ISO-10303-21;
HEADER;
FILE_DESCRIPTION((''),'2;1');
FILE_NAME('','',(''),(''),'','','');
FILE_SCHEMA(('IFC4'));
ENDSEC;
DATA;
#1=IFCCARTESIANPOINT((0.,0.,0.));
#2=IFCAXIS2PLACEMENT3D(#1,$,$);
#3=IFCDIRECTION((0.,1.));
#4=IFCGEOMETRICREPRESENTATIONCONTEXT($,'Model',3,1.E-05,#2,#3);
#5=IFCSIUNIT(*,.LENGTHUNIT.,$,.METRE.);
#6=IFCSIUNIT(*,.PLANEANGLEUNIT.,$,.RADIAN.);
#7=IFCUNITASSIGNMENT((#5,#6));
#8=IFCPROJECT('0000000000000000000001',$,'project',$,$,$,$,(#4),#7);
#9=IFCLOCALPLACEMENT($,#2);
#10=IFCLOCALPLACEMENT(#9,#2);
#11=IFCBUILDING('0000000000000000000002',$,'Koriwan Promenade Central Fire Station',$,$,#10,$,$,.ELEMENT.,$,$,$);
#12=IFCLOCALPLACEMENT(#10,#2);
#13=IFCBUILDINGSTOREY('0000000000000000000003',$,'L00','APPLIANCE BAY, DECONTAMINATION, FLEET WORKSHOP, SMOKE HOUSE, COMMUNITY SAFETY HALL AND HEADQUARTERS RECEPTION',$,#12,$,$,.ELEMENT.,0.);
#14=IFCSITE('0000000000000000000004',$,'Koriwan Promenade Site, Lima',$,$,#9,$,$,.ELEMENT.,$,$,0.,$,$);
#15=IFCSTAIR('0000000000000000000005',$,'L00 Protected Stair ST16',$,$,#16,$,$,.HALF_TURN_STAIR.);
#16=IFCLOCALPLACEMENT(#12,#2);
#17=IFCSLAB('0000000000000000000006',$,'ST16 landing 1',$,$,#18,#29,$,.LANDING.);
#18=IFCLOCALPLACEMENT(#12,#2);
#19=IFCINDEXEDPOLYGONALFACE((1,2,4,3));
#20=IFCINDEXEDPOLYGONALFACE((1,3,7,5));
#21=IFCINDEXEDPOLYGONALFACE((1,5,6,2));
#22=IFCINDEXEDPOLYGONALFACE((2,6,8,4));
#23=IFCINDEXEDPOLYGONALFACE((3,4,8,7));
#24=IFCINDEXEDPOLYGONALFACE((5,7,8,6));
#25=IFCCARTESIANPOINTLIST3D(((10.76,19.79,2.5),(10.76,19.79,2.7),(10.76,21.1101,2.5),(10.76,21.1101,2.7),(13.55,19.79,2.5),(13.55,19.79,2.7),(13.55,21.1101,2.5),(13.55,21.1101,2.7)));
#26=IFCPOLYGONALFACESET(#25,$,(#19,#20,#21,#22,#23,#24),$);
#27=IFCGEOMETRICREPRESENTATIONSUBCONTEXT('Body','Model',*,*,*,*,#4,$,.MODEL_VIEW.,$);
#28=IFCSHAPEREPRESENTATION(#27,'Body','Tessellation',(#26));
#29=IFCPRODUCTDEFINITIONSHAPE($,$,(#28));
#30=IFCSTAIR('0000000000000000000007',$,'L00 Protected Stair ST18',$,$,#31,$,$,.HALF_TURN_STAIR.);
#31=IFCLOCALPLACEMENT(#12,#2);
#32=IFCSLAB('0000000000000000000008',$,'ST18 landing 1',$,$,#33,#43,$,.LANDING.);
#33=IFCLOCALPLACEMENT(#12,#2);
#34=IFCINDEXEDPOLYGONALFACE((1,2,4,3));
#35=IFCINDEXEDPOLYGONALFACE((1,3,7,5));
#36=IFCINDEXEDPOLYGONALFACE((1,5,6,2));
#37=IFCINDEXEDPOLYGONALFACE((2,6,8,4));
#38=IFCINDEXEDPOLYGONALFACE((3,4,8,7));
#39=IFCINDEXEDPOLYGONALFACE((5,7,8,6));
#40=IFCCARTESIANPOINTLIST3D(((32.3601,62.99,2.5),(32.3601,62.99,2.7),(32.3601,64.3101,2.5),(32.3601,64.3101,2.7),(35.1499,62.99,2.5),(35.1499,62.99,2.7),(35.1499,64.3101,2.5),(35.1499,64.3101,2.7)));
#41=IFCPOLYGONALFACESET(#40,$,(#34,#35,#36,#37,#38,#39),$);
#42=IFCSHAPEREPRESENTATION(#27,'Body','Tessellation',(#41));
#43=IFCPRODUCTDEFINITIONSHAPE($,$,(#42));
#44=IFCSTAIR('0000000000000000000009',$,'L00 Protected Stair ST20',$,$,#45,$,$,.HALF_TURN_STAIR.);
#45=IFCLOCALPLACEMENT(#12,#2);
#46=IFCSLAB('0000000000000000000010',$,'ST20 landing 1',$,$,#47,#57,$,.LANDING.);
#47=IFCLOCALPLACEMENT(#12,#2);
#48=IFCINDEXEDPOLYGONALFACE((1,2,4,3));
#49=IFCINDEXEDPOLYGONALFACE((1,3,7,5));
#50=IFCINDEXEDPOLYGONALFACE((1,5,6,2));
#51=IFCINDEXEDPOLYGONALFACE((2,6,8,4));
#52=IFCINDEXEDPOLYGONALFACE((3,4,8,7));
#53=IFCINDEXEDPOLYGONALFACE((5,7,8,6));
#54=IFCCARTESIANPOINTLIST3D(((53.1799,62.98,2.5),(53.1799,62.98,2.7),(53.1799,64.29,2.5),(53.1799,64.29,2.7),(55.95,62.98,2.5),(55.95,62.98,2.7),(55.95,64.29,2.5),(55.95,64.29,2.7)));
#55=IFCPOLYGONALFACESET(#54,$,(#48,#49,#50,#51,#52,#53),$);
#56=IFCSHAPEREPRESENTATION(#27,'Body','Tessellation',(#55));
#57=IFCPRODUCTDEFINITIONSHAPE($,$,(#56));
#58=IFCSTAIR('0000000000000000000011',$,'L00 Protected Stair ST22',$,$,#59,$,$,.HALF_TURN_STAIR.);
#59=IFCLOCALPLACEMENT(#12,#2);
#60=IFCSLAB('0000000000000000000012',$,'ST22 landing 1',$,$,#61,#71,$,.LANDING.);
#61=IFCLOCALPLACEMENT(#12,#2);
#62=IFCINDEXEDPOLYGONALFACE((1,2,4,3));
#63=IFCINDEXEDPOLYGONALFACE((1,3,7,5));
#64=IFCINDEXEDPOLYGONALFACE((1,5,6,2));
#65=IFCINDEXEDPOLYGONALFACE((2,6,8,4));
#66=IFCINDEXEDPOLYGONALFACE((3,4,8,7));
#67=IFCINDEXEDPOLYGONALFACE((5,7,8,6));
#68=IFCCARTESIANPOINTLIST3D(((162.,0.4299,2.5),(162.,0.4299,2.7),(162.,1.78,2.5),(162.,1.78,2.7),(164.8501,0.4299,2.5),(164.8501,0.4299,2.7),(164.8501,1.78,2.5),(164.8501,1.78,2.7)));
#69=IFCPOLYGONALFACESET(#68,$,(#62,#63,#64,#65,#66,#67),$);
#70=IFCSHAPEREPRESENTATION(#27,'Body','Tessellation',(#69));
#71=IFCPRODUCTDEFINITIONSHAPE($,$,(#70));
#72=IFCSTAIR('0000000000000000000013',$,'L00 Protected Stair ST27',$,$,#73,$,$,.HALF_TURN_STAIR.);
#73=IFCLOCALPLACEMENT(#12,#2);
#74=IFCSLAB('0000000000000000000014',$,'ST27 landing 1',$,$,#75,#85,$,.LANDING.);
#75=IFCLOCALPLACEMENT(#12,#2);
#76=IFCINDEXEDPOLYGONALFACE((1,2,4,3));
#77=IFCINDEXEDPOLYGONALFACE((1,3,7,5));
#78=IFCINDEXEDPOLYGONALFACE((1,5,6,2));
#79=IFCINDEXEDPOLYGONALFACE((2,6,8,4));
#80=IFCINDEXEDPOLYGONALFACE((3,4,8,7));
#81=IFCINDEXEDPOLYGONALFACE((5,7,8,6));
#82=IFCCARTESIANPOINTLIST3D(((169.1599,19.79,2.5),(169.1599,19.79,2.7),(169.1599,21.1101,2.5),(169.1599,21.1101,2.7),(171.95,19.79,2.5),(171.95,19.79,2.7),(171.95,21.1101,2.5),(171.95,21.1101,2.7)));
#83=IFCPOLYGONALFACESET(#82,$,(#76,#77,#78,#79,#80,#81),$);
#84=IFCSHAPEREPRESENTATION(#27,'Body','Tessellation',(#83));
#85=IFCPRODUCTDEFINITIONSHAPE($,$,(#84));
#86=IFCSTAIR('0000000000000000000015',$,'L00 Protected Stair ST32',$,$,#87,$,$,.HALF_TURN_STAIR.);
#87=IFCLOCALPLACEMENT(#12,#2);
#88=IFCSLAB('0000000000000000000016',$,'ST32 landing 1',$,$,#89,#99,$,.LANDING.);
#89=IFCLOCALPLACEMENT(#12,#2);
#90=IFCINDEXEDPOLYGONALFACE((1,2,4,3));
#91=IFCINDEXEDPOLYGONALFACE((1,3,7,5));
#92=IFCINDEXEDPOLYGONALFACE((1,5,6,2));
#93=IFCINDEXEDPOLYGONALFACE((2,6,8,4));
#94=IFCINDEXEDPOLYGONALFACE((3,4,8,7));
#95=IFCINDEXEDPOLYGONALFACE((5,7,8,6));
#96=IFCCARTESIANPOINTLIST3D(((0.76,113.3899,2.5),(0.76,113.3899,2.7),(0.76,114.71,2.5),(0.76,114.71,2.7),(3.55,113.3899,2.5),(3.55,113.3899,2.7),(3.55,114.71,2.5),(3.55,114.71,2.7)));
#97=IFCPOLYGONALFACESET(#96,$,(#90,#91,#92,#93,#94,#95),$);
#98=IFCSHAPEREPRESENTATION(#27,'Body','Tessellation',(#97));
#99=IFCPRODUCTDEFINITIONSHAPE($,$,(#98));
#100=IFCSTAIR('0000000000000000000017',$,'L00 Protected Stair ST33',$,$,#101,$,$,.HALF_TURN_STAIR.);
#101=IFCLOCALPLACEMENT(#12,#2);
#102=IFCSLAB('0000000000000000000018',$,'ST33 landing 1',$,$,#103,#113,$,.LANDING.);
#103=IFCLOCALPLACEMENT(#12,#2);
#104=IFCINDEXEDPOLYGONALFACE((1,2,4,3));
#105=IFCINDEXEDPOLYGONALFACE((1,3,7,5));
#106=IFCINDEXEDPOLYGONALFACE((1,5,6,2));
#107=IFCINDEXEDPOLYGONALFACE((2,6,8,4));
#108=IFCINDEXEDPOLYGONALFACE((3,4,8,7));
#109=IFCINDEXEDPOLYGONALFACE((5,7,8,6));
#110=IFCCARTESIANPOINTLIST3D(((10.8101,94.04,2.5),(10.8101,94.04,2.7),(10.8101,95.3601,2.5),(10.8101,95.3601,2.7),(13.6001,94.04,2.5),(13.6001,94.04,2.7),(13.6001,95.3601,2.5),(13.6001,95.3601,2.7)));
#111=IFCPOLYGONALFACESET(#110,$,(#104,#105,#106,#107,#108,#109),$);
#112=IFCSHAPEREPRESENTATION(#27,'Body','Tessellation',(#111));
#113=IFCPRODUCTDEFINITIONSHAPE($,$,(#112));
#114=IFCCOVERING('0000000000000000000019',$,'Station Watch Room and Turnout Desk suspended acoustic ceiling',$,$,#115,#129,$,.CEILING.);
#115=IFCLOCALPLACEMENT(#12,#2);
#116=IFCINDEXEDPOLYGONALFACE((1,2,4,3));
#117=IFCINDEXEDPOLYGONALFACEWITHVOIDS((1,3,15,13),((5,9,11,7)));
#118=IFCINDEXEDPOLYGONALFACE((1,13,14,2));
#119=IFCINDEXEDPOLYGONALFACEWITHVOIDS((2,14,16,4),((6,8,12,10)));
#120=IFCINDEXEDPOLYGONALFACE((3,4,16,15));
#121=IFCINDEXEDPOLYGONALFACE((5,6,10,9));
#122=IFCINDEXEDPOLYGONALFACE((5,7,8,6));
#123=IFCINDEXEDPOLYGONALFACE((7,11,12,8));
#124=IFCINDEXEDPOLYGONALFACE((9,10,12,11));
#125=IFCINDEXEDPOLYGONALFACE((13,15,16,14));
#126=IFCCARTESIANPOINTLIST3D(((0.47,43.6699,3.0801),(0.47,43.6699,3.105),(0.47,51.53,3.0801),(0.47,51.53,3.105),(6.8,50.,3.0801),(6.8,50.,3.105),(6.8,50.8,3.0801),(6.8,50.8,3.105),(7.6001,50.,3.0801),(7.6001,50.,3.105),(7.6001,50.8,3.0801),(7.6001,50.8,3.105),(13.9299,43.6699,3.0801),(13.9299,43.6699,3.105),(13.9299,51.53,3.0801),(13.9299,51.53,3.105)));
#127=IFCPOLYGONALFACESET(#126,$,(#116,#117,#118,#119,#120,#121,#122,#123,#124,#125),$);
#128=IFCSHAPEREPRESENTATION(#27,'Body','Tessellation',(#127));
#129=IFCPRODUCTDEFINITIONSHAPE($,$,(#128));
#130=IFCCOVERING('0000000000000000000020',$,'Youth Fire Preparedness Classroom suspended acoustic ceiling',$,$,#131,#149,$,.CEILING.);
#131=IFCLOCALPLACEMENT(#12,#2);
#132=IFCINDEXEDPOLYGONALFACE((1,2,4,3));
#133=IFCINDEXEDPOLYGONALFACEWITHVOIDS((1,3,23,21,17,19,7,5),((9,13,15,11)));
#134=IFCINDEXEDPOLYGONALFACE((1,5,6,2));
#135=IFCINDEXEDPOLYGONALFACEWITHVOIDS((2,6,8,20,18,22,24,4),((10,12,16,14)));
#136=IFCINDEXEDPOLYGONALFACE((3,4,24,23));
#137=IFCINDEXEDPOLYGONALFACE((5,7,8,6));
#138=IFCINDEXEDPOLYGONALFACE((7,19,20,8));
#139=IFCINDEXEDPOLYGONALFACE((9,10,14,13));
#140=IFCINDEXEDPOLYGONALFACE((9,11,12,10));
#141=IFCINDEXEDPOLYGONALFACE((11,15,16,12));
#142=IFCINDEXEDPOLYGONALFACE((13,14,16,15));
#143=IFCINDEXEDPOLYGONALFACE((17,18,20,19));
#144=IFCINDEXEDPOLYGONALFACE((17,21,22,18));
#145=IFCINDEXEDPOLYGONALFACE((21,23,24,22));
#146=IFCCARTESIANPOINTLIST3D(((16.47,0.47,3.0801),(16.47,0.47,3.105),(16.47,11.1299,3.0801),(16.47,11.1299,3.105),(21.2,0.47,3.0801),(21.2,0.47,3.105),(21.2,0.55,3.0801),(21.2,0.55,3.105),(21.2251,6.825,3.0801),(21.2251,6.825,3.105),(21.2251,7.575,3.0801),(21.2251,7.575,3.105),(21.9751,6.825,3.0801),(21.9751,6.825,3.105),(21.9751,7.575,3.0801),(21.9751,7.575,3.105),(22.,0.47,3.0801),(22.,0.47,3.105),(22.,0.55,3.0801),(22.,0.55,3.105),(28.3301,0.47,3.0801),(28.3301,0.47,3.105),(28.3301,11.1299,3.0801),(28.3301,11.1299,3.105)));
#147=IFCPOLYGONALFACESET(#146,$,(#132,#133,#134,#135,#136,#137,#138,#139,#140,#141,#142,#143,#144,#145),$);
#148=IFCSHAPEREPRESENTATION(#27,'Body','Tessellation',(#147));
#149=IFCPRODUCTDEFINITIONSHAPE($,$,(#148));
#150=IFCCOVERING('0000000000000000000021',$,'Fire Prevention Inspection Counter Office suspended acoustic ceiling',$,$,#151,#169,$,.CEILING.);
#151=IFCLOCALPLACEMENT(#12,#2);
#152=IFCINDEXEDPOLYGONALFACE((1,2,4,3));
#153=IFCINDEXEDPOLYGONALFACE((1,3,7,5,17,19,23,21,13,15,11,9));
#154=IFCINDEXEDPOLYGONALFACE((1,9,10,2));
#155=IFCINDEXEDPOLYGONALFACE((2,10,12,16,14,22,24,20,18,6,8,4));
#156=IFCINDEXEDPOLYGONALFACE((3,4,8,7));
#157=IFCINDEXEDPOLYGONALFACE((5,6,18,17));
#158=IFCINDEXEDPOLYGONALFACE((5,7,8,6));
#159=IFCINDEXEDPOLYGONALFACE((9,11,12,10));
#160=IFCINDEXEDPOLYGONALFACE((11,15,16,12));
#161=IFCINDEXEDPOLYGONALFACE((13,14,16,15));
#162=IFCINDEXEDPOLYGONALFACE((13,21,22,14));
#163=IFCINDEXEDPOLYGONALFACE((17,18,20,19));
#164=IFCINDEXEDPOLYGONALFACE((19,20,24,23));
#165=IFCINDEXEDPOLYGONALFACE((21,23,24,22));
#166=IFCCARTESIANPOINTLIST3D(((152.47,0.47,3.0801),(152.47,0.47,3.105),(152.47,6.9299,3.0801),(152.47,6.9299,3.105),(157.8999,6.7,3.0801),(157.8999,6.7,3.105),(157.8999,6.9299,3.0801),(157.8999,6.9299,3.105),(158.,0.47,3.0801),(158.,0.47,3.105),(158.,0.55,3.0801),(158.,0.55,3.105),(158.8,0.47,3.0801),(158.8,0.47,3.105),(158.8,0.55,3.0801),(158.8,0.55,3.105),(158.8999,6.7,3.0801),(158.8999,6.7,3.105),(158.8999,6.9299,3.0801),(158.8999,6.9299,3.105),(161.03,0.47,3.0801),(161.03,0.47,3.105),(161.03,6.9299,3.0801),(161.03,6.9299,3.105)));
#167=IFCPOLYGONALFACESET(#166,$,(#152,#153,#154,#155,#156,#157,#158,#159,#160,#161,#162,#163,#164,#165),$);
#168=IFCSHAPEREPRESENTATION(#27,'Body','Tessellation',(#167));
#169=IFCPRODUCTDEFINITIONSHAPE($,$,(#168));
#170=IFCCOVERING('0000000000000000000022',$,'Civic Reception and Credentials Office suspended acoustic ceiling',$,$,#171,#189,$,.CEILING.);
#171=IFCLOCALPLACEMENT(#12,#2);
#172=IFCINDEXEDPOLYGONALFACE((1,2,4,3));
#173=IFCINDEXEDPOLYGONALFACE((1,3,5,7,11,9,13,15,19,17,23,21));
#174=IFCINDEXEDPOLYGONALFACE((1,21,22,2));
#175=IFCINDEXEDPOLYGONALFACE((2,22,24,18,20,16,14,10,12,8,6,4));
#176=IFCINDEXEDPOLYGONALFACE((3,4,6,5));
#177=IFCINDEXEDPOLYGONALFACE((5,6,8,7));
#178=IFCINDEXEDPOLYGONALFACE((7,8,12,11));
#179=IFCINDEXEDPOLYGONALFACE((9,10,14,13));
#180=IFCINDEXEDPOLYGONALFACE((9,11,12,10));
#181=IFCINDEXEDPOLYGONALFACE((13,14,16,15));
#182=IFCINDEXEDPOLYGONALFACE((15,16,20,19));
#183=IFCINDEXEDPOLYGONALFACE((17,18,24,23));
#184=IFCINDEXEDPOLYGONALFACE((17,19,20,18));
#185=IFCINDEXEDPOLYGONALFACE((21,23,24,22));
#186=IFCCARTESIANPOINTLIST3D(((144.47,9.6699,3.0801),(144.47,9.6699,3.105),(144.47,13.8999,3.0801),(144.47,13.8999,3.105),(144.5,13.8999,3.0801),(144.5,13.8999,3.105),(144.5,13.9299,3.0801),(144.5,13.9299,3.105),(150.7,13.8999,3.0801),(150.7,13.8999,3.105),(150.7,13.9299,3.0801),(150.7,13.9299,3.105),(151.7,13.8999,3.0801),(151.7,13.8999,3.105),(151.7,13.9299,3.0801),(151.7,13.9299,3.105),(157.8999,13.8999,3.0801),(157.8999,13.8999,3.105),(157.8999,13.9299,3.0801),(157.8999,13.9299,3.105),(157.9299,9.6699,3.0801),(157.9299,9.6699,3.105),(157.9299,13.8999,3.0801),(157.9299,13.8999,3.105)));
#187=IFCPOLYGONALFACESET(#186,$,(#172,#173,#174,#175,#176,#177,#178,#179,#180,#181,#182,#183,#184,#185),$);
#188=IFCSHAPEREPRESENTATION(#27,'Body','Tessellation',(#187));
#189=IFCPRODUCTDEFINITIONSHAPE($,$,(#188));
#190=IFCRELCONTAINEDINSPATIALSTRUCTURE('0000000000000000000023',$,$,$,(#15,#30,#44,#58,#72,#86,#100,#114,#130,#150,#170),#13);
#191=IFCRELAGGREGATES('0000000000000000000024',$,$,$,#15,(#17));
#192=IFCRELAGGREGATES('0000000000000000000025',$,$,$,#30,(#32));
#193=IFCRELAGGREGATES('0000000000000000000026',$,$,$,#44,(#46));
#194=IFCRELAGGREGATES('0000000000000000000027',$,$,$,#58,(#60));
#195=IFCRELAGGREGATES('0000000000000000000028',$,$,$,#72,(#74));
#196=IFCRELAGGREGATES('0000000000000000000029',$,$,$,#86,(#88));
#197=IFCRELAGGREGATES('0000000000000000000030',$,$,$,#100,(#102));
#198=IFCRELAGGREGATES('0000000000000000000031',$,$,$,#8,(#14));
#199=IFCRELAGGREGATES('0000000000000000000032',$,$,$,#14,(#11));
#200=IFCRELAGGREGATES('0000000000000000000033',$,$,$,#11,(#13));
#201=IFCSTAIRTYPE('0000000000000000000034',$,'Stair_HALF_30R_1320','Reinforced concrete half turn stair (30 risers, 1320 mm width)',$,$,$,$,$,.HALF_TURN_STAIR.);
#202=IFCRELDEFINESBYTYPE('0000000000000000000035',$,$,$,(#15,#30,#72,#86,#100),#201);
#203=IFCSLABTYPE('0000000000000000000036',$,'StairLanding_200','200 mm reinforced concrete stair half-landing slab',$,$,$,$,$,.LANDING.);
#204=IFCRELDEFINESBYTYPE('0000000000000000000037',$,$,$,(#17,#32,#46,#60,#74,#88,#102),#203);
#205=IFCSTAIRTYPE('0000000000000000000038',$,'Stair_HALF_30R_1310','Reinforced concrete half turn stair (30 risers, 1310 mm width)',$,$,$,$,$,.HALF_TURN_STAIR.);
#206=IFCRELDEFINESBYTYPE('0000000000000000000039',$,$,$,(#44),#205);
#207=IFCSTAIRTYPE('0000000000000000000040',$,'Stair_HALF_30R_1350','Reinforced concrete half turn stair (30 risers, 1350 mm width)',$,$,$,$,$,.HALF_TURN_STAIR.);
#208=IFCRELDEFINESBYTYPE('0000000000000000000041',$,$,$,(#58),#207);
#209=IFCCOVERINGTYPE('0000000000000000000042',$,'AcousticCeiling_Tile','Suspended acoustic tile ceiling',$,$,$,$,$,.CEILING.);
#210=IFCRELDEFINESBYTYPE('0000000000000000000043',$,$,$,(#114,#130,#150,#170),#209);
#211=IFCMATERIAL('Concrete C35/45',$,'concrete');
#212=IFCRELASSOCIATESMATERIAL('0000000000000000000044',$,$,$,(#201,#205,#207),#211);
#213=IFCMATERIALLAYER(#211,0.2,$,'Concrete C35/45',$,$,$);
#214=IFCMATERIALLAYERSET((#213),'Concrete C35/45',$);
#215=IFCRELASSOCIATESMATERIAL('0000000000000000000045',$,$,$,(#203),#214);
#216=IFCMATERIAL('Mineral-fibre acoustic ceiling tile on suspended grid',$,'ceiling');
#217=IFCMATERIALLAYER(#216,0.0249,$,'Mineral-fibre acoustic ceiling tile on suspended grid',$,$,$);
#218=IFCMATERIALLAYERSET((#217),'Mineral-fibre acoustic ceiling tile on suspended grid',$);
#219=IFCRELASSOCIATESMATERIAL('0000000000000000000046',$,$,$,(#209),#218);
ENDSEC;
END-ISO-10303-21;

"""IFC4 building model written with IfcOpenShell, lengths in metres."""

from ifc_helpers import new_model, si_unit, direction, frame, origin, place, context, subcontext, project, spatial, polyline, outline, extrude, material, layer, layer_set, type_object, element, aggregate, save


model = new_model("IFC4")

# Units and contexts
model_context = context("Model", 3, precision=1e-05, world=origin(), true_north=direction((0.0, 1.0)))
body_context = subcontext(model_context, "Body", "Model", "MODEL_VIEW")
ifc_project = project(units=[si_unit("LENGTHUNIT", "METRE"), si_unit("PLANEANGLEUNIT", "RADIAN")], contexts=[model_context])

# Site, building, storey
site_placement = place(None, origin())
site = spatial("IfcSite", under=ifc_project, at=site_placement, Name="Koriwan Promenade Site, Lima", CompositionType="ELEMENT", RefElevation=0.0)
building_placement = place(site_placement, origin())
building = spatial("IfcBuilding", under=site, at=building_placement, Name="Koriwan Promenade Central Fire Station", CompositionType="ELEMENT")
storey_placement = place(building_placement, origin())
storey = spatial("IfcBuildingStorey", under=building, at=storey_placement, Name="L00", Description="APPLIANCE BAY, DECONTAMINATION, FLEET WORKSHOP, SMOKE HOUSE, COMMUNITY SAFETY HALL AND HEADQUARTERS RECEPTION", CompositionType="ELEMENT", Elevation=0.0)

# Shared definitions
ifc_material_1 = material(Name="Concrete C35/45", Category="concrete")

# Stairs, slabs
stair_type_1 = type_object("IfcStairType", Name="Stair_HALF_30R_1320", Description="Reinforced concrete half turn stair (30 risers, 1320 mm width)", PredefinedType="HALF_TURN_STAIR", material=ifc_material_1)
ifc_layer_1 = layer(ifc_material_1, 0.2, Name="Concrete C35/45")
ifc_layer_set_1 = layer_set([ifc_layer_1], Name="Concrete C35/45")
slab_type_1 = type_object("IfcSlabType", Name="StairLanding_200", Description="200 mm reinforced concrete stair half-landing slab", PredefinedType="LANDING", material=ifc_layer_set_1)
stair_1_placement = place(storey_placement, origin())
stair_1 = element("IfcStair", 1, at=stair_1_placement, inside=storey, type_object=stair_type_1, Name="L00 Protected Stair ST16", PredefinedType="HALF_TURN_STAIR")
slab_1_placement = place(storey_placement, frame((0.0, 0.0, 2.5)))
slab_1 = element("IfcSlab", 2, at=slab_1_placement, type_object=slab_type_1, Name="ST16 landing 1", PredefinedType="LANDING", context=body_context, shape_type="SweptSolid", body=[
    extrude(outline(polyline([(13.55, 19.79), (13.55, 21.1101), (10.76, 21.1101), (10.76, 19.79), (13.55, 19.79)])), origin(), (0.0, 0.0, 1.0), 0.2),
])
aggregate(stair_1, [slab_1])
stair_2_placement = place(storey_placement, origin())
stair_2 = element("IfcStair", 3, at=stair_2_placement, inside=storey, type_object=stair_type_1, Name="L00 Protected Stair ST18", PredefinedType="HALF_TURN_STAIR")
slab_2_placement = place(storey_placement, frame((0.0, 0.0, 2.5)))
slab_2 = element("IfcSlab", 4, at=slab_2_placement, type_object=slab_type_1, Name="ST18 landing 1", PredefinedType="LANDING", context=body_context, shape_type="SweptSolid", body=[
    extrude(outline(polyline([(35.1499, 62.99), (35.1499, 64.3101), (32.3601, 64.3101), (32.3601, 62.99), (35.1499, 62.99)])), origin(), (0.0, 0.0, 1.0), 0.2),
])
aggregate(stair_2, [slab_2])
stair_type_2 = type_object("IfcStairType", Name="Stair_HALF_30R_1310", Description="Reinforced concrete half turn stair (30 risers, 1310 mm width)", PredefinedType="HALF_TURN_STAIR", material=ifc_material_1)
stair_3_placement = place(storey_placement, origin())
stair_3 = element("IfcStair", 5, at=stair_3_placement, inside=storey, type_object=stair_type_2, Name="L00 Protected Stair ST20", PredefinedType="HALF_TURN_STAIR")
slab_3_placement = place(storey_placement, frame((0.0, 0.0, 2.5)))
slab_3 = element("IfcSlab", 6, at=slab_3_placement, type_object=slab_type_1, Name="ST20 landing 1", PredefinedType="LANDING", context=body_context, shape_type="SweptSolid", body=[
    extrude(outline(polyline([(55.95, 62.98), (55.95, 64.29), (53.1799, 64.29), (53.1799, 62.98), (55.95, 62.98)])), origin(), (0.0, 0.0, 1.0), 0.2),
])
aggregate(stair_3, [slab_3])
stair_type_3 = type_object("IfcStairType", Name="Stair_HALF_30R_1350", Description="Reinforced concrete half turn stair (30 risers, 1350 mm width)", PredefinedType="HALF_TURN_STAIR", material=ifc_material_1)
stair_4_placement = place(storey_placement, origin())
stair_4 = element("IfcStair", 7, at=stair_4_placement, inside=storey, type_object=stair_type_3, Name="L00 Protected Stair ST22", PredefinedType="HALF_TURN_STAIR")
slab_4_placement = place(storey_placement, frame((0.0, 0.0, 2.5)))
slab_4 = element("IfcSlab", 8, at=slab_4_placement, type_object=slab_type_1, Name="ST22 landing 1", PredefinedType="LANDING", context=body_context, shape_type="SweptSolid", body=[
    extrude(outline(polyline([(162.0, 1.78), (162.0, 0.4299), (164.8501, 0.4299), (164.8501, 1.78), (162.0, 1.78)])), origin(), (0.0, 0.0, 1.0), 0.2),
])
aggregate(stair_4, [slab_4])
stair_5_placement = place(storey_placement, origin())
stair_5 = element("IfcStair", 9, at=stair_5_placement, inside=storey, type_object=stair_type_1, Name="L00 Protected Stair ST27", PredefinedType="HALF_TURN_STAIR")
slab_5_placement = place(storey_placement, frame((0.0, 0.0, 2.5)))
slab_5 = element("IfcSlab", 10, at=slab_5_placement, type_object=slab_type_1, Name="ST27 landing 1", PredefinedType="LANDING", context=body_context, shape_type="SweptSolid", body=[
    extrude(outline(polyline([(171.95, 19.79), (171.95, 21.1101), (169.1599, 21.1101), (169.1599, 19.79), (171.95, 19.79)])), origin(), (0.0, 0.0, 1.0), 0.2),
])
aggregate(stair_5, [slab_5])
stair_6_placement = place(storey_placement, origin())
stair_6 = element("IfcStair", 11, at=stair_6_placement, inside=storey, type_object=stair_type_1, Name="L00 Protected Stair ST32", PredefinedType="HALF_TURN_STAIR")
slab_6_placement = place(storey_placement, frame((0.0, 0.0, 2.5)))
slab_6 = element("IfcSlab", 12, at=slab_6_placement, type_object=slab_type_1, Name="ST32 landing 1", PredefinedType="LANDING", context=body_context, shape_type="SweptSolid", body=[
    extrude(outline(polyline([(3.55, 113.3899), (3.55, 114.71), (0.76, 114.71), (0.76, 113.3899), (3.55, 113.3899)])), origin(), (0.0, 0.0, 1.0), 0.2),
])
aggregate(stair_6, [slab_6])
stair_7_placement = place(storey_placement, origin())
stair_7 = element("IfcStair", 13, at=stair_7_placement, inside=storey, type_object=stair_type_1, Name="L00 Protected Stair ST33", PredefinedType="HALF_TURN_STAIR")
slab_7_placement = place(storey_placement, frame((0.0, 0.0, 2.5)))
slab_7 = element("IfcSlab", 14, at=slab_7_placement, type_object=slab_type_1, Name="ST33 landing 1", PredefinedType="LANDING", context=body_context, shape_type="SweptSolid", body=[
    extrude(outline(polyline([(10.8101, 95.3601), (10.8101, 94.04), (13.6001, 94.04), (13.6001, 95.3601), (10.8101, 95.3601)])), origin(), (0.0, 0.0, 1.0), 0.2),
])
aggregate(stair_7, [slab_7])

# Coverings
ifc_material_2 = material(Name="Mineral-fibre acoustic ceiling tile on suspended grid", Category="ceiling")
ifc_layer_2 = layer(ifc_material_2, 0.0249, Name="Mineral-fibre acoustic ceiling tile on suspended grid")
ifc_layer_set_2 = layer_set([ifc_layer_2], Name="Mineral-fibre acoustic ceiling tile on suspended grid")
covering_type = type_object("IfcCoveringType", Name="AcousticCeiling_Tile", Description="Suspended acoustic tile ceiling", PredefinedType="CEILING", material=ifc_layer_set_2)
covering_1_placement = place(storey_placement, frame((0.0, 0.0, 3.0801)))
element("IfcCovering", 15, at=covering_1_placement, inside=storey, type_object=covering_type, Name="Station Watch Room and Turnout Desk suspended acoustic ceiling", PredefinedType="CEILING", context=body_context, shape_type="SweptSolid", body=[
    extrude(outline(polyline([(13.9299, 43.6699), (0.47, 43.6699), (0.47, 51.53), (13.9299, 51.53), (13.9299, 43.6699)]), holes=[polyline([(7.6001, 50.0), (7.6001, 50.8), (6.8, 50.8), (6.8, 50.0), (7.6001, 50.0)])]), origin(), (0.0, 0.0, 1.0), 0.0249),
])
covering_2_placement = place(storey_placement, frame((0.0, 0.0, 3.0801)))
element("IfcCovering", 16, at=covering_2_placement, inside=storey, type_object=covering_type, Name="Youth Fire Preparedness Classroom suspended acoustic ceiling", PredefinedType="CEILING", context=body_context, shape_type="SweptSolid", body=[
    extrude(outline(polyline([(22.0, 0.47), (22.0, 0.55), (21.2, 0.55), (21.2, 0.47), (16.47, 0.47), (16.47, 11.1299), (28.3301, 11.1299), (28.3301, 0.47), (22.0, 0.47)]), holes=[polyline([(21.2251, 6.825), (21.9751, 6.825), (21.9751, 7.575), (21.2251, 7.575), (21.2251, 6.825)])]), origin(), (0.0, 0.0, 1.0), 0.0249),
])
covering_3_placement = place(storey_placement, frame((0.0, 0.0, 3.0801)))
element("IfcCovering", 17, at=covering_3_placement, inside=storey, type_object=covering_type, Name="Fire Prevention Inspection Counter Office suspended acoustic ceiling", PredefinedType="CEILING", context=body_context, shape_type="SweptSolid", body=[
    extrude(outline(polyline([(158.8999, 6.7), (158.8999, 6.9299), (161.03, 6.9299), (161.03, 0.47), (158.8, 0.47), (158.8, 0.55), (158.0, 0.55), (158.0, 0.47), (152.47, 0.47), (152.47, 6.9299), (157.8999, 6.9299), (157.8999, 6.7), (158.8999, 6.7)])), origin(), (0.0, 0.0, 1.0), 0.0249),
])
covering_4_placement = place(storey_placement, frame((0.0, 0.0, 3.0801)))
element("IfcCovering", 18, at=covering_4_placement, inside=storey, type_object=covering_type, Name="Civic Reception and Credentials Office suspended acoustic ceiling", PredefinedType="CEILING", context=body_context, shape_type="SweptSolid", body=[
    extrude(outline(polyline([(151.7, 13.9299), (157.8999, 13.9299), (157.8999, 13.8999), (157.9299, 13.8999), (157.9299, 9.6699), (144.47, 9.6699), (144.47, 13.8999), (144.5, 13.8999), (144.5, 13.9299), (150.7, 13.9299), (150.7, 13.8999), (151.7, 13.8999), (151.7, 13.9299)])), origin(), (0.0, 0.0, 1.0), 0.0249),
])

save(model, "model.ifc")
